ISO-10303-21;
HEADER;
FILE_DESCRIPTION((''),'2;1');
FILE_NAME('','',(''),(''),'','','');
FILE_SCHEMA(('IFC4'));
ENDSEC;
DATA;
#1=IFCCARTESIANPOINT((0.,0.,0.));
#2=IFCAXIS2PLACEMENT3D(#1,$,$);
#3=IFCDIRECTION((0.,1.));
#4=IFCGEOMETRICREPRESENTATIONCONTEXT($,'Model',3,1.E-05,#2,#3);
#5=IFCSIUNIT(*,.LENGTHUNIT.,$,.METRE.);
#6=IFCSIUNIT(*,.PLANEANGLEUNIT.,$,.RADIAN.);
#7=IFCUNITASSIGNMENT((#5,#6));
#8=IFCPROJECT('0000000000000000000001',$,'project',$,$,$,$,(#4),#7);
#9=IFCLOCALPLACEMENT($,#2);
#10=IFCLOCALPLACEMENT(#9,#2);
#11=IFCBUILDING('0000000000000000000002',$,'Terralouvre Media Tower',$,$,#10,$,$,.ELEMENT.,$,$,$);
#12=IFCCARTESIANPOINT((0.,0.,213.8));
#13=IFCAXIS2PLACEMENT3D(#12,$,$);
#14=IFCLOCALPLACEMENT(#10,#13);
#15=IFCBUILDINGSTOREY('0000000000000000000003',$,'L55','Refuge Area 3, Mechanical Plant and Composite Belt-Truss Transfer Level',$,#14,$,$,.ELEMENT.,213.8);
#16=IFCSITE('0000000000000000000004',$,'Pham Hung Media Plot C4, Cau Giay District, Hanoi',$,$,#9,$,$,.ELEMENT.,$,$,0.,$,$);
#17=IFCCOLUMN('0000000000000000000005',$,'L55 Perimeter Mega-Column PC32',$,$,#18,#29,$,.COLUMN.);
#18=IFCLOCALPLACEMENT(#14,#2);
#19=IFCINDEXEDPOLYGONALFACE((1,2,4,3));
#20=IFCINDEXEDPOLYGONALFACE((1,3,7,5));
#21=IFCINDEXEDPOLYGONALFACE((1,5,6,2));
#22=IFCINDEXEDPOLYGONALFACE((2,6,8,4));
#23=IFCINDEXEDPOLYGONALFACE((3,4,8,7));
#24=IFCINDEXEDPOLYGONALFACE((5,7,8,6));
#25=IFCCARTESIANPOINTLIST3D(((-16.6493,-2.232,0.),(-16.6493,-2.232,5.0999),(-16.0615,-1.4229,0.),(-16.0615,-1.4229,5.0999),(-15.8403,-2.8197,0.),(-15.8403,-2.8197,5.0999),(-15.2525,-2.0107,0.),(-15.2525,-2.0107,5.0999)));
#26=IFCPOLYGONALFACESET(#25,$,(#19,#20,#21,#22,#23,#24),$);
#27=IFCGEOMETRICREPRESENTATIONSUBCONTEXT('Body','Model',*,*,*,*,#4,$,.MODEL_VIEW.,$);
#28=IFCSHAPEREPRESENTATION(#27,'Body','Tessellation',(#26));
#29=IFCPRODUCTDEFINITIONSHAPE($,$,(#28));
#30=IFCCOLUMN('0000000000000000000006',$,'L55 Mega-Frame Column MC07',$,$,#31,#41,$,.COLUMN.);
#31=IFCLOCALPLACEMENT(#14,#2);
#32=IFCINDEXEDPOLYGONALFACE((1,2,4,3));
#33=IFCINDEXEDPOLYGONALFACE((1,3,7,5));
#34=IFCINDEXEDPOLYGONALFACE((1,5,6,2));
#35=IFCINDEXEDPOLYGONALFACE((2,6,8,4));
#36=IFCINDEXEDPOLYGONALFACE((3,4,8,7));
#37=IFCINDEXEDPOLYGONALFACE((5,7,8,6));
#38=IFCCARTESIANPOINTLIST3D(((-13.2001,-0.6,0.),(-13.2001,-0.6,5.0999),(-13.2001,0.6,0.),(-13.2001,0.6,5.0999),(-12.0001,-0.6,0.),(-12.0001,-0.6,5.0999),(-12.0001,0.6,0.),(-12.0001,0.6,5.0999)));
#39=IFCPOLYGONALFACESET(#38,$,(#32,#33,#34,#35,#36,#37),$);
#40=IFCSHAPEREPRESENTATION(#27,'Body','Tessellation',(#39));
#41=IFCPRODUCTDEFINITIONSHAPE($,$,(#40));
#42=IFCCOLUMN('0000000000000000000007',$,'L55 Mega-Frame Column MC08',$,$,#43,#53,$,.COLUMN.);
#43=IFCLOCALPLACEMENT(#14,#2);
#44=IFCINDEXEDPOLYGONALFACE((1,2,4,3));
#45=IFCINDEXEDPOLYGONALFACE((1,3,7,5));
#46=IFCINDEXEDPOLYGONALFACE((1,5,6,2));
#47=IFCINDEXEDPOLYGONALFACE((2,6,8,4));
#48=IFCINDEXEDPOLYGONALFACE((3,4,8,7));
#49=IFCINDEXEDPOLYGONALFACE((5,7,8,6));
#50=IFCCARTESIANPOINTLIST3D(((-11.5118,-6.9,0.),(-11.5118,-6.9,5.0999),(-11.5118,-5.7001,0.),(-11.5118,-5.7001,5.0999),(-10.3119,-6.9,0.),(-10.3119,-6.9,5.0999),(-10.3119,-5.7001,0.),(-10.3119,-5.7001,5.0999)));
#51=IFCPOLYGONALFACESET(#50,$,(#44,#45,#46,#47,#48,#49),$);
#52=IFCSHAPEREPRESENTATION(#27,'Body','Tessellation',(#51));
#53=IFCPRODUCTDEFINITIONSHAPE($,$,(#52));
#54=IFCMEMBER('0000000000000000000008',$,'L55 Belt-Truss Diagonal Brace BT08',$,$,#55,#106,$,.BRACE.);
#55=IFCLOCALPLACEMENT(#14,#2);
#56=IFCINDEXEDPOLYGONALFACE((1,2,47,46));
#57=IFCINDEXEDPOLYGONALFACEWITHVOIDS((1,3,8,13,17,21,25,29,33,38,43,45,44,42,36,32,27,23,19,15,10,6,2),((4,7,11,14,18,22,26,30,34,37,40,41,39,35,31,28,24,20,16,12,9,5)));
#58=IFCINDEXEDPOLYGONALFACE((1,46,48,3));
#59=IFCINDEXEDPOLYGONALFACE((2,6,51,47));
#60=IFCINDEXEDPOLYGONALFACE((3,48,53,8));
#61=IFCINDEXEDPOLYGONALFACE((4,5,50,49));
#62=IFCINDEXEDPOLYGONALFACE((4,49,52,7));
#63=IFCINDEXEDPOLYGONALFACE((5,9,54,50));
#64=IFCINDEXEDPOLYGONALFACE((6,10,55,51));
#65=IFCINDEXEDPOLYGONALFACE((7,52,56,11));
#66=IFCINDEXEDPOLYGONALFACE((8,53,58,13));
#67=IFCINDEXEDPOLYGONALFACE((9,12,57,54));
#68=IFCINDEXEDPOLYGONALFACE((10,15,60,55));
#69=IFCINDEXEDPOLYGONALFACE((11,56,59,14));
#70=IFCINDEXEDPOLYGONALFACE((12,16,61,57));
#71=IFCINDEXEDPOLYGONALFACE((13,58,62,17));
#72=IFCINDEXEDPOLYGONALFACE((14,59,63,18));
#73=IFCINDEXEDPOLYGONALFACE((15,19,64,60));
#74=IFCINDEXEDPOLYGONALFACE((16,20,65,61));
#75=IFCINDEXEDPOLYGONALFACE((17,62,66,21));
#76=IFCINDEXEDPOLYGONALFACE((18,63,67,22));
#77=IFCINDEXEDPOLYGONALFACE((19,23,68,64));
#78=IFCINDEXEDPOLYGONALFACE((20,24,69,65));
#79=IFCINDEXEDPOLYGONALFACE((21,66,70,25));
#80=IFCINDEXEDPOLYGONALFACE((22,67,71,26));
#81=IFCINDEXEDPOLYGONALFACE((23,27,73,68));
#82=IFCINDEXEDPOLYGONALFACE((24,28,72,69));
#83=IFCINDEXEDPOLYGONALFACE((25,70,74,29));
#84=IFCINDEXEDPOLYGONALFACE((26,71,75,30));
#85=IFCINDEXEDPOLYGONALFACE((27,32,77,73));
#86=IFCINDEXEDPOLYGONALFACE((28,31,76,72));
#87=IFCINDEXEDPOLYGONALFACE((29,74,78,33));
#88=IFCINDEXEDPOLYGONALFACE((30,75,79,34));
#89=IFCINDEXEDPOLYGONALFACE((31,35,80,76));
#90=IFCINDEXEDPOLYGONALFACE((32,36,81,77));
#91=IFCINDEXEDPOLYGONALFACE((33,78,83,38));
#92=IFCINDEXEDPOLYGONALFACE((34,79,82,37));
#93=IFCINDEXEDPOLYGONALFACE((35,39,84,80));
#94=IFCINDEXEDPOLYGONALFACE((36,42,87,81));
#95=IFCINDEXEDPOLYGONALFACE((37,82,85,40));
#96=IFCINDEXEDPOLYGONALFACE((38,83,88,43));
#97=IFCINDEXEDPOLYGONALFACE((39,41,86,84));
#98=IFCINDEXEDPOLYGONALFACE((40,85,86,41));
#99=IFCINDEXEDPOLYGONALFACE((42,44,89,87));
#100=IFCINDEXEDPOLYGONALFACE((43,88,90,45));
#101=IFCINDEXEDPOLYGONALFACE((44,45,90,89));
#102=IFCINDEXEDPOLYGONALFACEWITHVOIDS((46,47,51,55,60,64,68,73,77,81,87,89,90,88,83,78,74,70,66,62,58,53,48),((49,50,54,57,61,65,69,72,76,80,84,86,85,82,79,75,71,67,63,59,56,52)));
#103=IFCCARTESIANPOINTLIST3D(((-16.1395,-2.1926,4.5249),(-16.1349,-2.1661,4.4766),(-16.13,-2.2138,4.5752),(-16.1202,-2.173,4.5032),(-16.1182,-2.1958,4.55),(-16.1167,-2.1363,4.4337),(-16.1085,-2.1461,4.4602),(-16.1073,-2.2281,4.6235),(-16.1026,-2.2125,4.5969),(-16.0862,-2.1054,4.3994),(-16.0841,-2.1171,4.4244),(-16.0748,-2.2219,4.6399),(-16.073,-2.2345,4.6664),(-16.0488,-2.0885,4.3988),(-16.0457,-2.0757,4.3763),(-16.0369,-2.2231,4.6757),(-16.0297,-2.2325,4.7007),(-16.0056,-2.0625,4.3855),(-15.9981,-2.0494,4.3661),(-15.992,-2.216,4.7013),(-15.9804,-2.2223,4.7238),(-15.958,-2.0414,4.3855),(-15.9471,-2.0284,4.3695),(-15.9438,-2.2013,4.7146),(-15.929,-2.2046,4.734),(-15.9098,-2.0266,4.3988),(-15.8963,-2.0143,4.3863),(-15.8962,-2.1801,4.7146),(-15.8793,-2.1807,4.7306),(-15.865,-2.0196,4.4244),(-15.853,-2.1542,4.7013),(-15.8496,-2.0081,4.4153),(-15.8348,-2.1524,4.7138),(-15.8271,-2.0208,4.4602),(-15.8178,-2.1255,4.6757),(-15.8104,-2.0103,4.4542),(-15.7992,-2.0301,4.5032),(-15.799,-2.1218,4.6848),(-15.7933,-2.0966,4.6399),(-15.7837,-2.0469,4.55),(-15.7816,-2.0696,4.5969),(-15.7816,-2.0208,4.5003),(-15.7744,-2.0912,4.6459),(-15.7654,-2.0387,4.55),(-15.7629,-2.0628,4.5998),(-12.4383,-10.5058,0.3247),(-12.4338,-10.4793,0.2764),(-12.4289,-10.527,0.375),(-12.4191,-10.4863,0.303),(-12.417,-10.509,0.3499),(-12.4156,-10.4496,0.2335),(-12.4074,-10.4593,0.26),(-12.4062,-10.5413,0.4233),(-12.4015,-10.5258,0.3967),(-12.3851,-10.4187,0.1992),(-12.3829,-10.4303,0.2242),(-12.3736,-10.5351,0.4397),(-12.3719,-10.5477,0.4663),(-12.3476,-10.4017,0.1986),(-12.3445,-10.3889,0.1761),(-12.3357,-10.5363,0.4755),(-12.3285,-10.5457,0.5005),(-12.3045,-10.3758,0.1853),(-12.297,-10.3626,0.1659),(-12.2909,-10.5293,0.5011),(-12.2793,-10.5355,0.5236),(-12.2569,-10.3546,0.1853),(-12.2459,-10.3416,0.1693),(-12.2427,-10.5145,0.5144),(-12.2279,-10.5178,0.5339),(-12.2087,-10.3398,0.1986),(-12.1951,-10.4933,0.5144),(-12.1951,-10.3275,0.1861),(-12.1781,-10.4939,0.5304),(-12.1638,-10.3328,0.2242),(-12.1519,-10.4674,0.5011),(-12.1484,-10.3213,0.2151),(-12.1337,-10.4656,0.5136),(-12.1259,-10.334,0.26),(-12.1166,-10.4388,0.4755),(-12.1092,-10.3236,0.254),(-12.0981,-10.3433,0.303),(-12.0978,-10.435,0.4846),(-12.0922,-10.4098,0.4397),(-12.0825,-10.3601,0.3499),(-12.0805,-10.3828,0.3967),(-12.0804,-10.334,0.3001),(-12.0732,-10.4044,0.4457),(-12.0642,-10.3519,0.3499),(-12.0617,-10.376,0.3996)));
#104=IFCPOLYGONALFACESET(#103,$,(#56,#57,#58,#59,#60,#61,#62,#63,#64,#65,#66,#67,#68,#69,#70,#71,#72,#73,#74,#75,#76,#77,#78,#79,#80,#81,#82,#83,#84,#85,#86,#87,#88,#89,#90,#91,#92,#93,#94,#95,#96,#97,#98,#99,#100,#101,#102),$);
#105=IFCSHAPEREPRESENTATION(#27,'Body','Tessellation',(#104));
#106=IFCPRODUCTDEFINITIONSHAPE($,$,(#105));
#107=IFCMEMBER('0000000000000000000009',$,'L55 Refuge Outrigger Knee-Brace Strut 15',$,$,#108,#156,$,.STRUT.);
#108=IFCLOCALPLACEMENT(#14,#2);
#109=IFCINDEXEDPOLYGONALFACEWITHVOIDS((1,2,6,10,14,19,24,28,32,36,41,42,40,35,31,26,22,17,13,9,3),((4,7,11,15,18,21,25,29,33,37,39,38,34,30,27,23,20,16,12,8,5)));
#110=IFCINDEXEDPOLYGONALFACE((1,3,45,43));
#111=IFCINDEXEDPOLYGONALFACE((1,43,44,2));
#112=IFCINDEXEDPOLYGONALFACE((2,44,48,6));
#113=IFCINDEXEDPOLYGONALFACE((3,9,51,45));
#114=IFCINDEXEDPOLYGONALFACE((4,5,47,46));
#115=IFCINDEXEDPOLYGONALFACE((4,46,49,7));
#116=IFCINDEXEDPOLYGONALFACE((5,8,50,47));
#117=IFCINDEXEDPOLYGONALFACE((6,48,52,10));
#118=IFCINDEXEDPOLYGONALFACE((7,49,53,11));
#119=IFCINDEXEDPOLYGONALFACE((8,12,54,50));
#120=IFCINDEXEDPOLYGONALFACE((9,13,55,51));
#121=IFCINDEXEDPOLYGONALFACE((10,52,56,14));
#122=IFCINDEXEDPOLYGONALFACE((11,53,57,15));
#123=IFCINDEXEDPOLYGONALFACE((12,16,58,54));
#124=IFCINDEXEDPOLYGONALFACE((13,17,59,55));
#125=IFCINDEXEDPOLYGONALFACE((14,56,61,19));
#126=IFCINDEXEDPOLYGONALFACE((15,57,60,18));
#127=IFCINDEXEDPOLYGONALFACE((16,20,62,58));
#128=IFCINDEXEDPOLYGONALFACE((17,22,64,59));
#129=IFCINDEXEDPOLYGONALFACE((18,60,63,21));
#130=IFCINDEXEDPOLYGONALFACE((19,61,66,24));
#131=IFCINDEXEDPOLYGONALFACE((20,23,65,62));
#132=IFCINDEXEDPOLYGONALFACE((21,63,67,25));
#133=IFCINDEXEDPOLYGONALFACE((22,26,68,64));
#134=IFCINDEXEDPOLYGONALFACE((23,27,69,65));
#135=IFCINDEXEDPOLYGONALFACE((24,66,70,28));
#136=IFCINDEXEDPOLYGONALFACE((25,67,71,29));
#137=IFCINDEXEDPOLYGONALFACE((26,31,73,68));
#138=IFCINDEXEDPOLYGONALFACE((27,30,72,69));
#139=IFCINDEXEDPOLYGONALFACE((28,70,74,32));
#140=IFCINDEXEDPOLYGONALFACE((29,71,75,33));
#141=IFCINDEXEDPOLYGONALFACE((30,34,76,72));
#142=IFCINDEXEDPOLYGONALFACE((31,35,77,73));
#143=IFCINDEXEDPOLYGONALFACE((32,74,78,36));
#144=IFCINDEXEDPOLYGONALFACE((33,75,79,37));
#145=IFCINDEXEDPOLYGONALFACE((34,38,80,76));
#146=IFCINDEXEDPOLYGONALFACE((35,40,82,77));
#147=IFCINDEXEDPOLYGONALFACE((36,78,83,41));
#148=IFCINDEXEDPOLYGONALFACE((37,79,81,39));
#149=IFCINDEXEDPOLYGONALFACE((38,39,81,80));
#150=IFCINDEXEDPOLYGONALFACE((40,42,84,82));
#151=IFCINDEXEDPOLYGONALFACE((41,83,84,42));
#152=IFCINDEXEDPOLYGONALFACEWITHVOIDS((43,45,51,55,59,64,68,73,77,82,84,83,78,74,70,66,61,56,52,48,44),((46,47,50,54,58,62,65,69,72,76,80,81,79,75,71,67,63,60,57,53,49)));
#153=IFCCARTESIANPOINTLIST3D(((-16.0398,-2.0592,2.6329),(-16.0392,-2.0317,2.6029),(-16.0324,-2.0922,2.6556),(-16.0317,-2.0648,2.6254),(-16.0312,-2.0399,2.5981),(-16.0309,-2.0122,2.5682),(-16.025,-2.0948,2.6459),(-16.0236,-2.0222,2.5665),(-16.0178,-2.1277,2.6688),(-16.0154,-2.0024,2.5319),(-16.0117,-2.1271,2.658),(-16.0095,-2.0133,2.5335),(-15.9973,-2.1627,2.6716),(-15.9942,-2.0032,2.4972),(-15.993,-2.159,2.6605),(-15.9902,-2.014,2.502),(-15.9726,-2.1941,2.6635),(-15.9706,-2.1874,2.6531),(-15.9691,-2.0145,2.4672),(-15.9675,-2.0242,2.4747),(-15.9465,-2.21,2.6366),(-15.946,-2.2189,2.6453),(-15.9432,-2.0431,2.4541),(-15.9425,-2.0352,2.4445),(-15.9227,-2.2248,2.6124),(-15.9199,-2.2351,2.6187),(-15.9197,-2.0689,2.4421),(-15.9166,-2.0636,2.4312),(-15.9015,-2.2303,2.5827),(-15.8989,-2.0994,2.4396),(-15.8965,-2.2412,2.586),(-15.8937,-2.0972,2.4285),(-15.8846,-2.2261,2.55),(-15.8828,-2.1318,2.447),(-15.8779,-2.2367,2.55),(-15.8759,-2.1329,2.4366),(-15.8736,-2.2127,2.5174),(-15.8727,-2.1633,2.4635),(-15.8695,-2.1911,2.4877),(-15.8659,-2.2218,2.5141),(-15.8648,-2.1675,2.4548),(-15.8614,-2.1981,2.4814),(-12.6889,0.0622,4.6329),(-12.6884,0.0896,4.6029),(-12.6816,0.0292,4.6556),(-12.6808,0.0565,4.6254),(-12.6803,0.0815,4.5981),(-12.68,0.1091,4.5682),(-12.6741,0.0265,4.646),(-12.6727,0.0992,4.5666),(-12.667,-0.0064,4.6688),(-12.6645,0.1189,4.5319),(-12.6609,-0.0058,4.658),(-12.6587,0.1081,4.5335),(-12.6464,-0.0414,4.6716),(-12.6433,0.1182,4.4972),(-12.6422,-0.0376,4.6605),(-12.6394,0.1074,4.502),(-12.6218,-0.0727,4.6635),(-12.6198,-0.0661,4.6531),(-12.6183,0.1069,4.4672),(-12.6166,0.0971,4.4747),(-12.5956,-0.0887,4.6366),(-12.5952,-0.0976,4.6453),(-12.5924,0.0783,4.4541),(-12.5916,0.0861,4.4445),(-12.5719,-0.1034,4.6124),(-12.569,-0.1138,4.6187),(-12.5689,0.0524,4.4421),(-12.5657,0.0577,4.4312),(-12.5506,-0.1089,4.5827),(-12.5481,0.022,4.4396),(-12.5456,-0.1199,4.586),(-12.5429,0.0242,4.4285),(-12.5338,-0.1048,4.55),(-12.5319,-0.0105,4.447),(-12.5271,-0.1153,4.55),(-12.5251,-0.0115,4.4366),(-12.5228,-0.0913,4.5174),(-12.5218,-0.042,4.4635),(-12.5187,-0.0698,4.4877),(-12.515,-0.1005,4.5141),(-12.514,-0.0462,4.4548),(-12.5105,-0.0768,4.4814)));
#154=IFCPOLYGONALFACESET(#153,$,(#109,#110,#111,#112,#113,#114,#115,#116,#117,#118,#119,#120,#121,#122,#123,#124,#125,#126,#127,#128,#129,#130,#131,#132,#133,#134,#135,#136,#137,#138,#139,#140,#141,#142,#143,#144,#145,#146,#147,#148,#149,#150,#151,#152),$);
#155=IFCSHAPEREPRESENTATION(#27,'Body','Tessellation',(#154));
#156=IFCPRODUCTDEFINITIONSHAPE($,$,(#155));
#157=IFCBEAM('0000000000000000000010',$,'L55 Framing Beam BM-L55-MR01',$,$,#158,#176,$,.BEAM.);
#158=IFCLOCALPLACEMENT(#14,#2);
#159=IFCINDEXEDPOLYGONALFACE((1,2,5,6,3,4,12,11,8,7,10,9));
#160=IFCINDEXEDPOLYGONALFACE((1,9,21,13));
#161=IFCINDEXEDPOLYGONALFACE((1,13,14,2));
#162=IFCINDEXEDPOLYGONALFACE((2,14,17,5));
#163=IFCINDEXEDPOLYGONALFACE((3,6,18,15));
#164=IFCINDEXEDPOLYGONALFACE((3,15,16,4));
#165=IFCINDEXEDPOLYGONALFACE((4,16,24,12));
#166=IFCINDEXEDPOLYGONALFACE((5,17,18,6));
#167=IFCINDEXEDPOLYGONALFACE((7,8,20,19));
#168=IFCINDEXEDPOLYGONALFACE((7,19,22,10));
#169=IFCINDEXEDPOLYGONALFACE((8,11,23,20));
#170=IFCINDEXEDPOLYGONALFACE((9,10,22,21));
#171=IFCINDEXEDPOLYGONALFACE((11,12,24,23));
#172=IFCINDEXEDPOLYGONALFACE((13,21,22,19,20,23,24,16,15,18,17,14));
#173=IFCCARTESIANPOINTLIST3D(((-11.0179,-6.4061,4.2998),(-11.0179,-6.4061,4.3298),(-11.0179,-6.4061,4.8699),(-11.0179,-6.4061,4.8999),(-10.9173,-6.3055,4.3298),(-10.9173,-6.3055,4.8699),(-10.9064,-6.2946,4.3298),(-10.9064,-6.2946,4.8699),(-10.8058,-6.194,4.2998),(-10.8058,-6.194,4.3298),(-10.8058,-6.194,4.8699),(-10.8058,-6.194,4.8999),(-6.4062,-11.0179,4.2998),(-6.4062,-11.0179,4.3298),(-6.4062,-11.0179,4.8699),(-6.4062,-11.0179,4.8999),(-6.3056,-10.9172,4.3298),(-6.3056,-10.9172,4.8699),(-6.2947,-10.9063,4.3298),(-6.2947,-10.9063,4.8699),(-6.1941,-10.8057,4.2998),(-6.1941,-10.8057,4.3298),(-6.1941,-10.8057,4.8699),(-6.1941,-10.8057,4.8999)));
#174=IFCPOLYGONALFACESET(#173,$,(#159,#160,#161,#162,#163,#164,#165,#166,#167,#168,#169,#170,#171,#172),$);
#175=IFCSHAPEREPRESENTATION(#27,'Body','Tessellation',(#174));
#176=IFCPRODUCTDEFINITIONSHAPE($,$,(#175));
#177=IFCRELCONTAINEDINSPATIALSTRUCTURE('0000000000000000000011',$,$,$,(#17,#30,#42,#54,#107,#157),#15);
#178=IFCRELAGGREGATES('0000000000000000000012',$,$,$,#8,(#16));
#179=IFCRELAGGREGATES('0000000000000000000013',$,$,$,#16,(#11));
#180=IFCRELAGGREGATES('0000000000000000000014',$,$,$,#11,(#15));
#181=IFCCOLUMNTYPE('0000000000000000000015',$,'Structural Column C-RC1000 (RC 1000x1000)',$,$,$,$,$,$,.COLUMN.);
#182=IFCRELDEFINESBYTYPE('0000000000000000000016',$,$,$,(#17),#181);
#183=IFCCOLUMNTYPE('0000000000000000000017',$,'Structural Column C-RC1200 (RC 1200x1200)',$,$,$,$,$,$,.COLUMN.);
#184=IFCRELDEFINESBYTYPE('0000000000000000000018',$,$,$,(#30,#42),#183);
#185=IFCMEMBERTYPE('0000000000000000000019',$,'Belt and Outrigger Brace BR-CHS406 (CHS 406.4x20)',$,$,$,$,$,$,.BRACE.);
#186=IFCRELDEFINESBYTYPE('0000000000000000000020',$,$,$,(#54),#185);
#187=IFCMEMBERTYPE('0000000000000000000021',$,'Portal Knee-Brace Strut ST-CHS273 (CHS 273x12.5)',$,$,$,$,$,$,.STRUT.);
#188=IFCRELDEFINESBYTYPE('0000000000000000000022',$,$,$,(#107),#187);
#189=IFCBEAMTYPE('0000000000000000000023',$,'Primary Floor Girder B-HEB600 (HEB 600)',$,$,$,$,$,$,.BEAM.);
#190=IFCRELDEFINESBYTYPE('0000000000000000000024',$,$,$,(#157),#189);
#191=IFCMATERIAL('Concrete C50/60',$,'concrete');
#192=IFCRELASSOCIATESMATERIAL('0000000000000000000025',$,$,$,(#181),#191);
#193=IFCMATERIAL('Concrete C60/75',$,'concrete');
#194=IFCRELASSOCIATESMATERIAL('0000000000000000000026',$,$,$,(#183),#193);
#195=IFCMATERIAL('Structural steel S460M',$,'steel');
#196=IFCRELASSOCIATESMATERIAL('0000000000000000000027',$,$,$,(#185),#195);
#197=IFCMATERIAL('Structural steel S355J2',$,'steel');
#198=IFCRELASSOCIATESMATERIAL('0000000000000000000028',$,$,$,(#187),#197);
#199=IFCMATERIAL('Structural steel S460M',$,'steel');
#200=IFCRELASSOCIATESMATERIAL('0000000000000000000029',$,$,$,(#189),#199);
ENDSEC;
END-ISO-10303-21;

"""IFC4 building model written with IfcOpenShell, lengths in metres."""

from ifc_helpers import new_model, si_unit, direction, frame, origin, origin_2d, place, context, subcontext, project, spatial, rectangle, hollow_circle, i_section, extrude, material, material_profile, profile_set, type_object, element, save


model = new_model("IFC4")

# Units and contexts
model_context = context("Model", 3, precision=1e-05, world=origin(), true_north=direction((0.0, 1.0)))
body_context = subcontext(model_context, "Body", "Model", "MODEL_VIEW")
ifc_project = project(units=[si_unit("LENGTHUNIT", "METRE"), si_unit("PLANEANGLEUNIT", "RADIAN")], contexts=[model_context])

# Site, building, storey
site_placement = place(None, origin())
site = spatial("IfcSite", under=ifc_project, at=site_placement, Name="Pham Hung Media Plot C4, Cau Giay District, Hanoi", CompositionType="ELEMENT", RefElevation=0.0)
building_placement = place(site_placement, origin())
building = spatial("IfcBuilding", under=site, at=building_placement, Name="Terralouvre Media Tower", CompositionType="ELEMENT")
storey_placement = place(building_placement, frame((0.0, 0.0, 213.8)))
storey = spatial("IfcBuildingStorey", under=building, at=storey_placement, Name="L55", Description="Refuge Area 3, Mechanical Plant and Composite Belt-Truss Transfer Level", CompositionType="ELEMENT", Elevation=213.8)

# Columns
ifc_material_1 = material(Name="Concrete C50/60", Category="concrete")
ifc_material_profile_1 = material_profile(ifc_material_1, rectangle(XDim=1.0, YDim=1.0, at=origin_2d()), Name="RC 1000x1000")
ifc_profile_set_1 = profile_set([ifc_material_profile_1], Name="Concrete C50/60")
column_type_1 = type_object("IfcColumnType", Name="Structural Column C-RC1000 (RC 1000x1000)", PredefinedType="COLUMN", material=ifc_profile_set_1)
column_placement = place(storey_placement, frame((-15.9509, -2.1213, 0.0), z_axis=(0.0, 0.0, 1.0), x_axis=(0.587785, 0.809017, 0.0)))
element("IfcColumn", 1, at=column_placement, inside=storey, type_object=column_type_1, Name="L55 Perimeter Mega-Column PC32", PredefinedType="COLUMN", context=body_context, shape_type="SweptSolid", body=[
    extrude(rectangle(XDim=1.0, YDim=1.0, at=origin_2d()), origin(), (0.0, 0.0, 1.0), 5.0999),
])
ifc_material_2 = material(Name="Concrete C60/75", Category="concrete")
ifc_material_profile_2 = material_profile(ifc_material_2, rectangle(XDim=1.2, YDim=1.2, at=origin_2d()), Name="RC 1200x1200")
ifc_profile_set_2 = profile_set([ifc_material_profile_2], Name="Concrete C60/75")
column_type_2 = type_object("IfcColumnType", Name="Structural Column C-RC1200 (RC 1200x1200)", PredefinedType="COLUMN", material=ifc_profile_set_2)
for number, where, z_axis, x_axis, name in (
    (2, (-12.6001, 0.0, 0.0), (0.0, 0.0, 1.0), (1.0, 0.0, 0.0), "L55 Mega-Frame Column MC07"),
    (3, (-10.9119, -6.3, 0.0), (0.0, 0.0, 1.0), (1.0, 0.0, 0.0), "L55 Mega-Frame Column MC08"),
):
    element("IfcColumn", number, at=place(storey_placement, frame(where, z_axis=z_axis, x_axis=x_axis)), inside=storey, type_object=column_type_2, Name=name, PredefinedType="COLUMN", context=body_context, shape_type="SweptSolid", body=[
        extrude(rectangle(XDim=1.2, YDim=1.2, at=origin_2d()), origin(), (0.0, 0.0, 1.0), 5.0999),
    ])

# Members
ifc_material_3 = material(Name="Structural steel S460M", Category="steel")
ifc_material_profile_3 = material_profile(ifc_material_3, hollow_circle(Radius=0.2031, WallThickness=0.02, at=origin_2d()), Name="CHS 406.4x20")
ifc_profile_set_3 = profile_set([ifc_material_profile_3], Name="Structural steel S460M")
member_type_1 = type_object("IfcMemberType", Name="Belt and Outrigger Brace BR-CHS406 (CHS 406.4x20)", PredefinedType="BRACE", material=ifc_profile_set_3)
member_1_placement = place(storey_placement, frame((-15.9509, -2.1213, 4.55), z_axis=(0.369287, -0.829458, -0.419077), x_axis=(0.91355, 0.406726, 0.0)))
element("IfcMember", 4, at=member_1_placement, inside=storey, type_object=member_type_1, Name="L55 Belt-Truss Diagonal Brace BT08", PredefinedType="BRACE", context=body_context, shape_type="SweptSolid", body=[
    extrude(hollow_circle(Radius=0.2031, WallThickness=0.02, at=origin_2d()), origin(), (0.0, 0.0, 1.0), 10.0225),
])
ifc_material_4 = material(Name="Structural steel S355J2", Category="steel")
ifc_material_profile_4 = material_profile(ifc_material_4, hollow_circle(Radius=0.1365, WallThickness=0.0125, at=origin_2d()), Name="CHS 273x12.5")
ifc_profile_set_4 = profile_set([ifc_material_profile_4], Name="Structural steel S355J2")
member_type_2 = type_object("IfcMemberType", Name="Portal Knee-Brace Strut ST-CHS273 (CHS 273x12.5)", PredefinedType="STRUT", material=ifc_profile_set_4)
member_2_placement = place(storey_placement, frame((-12.6001, 0.0, 4.55), z_axis=(-0.754413, -0.477603, -0.450284), x_axis=(0.534898, -0.844916, 0.0)))
element("IfcMember", 5, at=member_2_placement, inside=storey, type_object=member_type_2, Name="L55 Refuge Outrigger Knee-Brace Strut 15", PredefinedType="STRUT", context=body_context, shape_type="SweptSolid", body=[
    extrude(hollow_circle(Radius=0.1365, WallThickness=0.0125, at=origin_2d()), origin(), (0.0, 0.0, 1.0), 4.4417),
])

# Beam
ifc_material_5 = material(Name="Structural steel S460M", Category="steel")
ifc_material_profile_5 = material_profile(ifc_material_5, i_section(OverallWidth=0.3, OverallDepth=0.6001, WebThickness=0.0154, FlangeThickness=0.03, at=origin_2d()), Name="HEB 600")
ifc_profile_set_5 = profile_set([ifc_material_profile_5], Name="Structural steel S460M")
beam_type_1 = type_object("IfcBeamType", Name="Primary Floor Girder B-HEB600 (HEB 600)", PredefinedType="BEAM", material=ifc_profile_set_5)
beam_1_placement = place(storey_placement, frame((-10.9119, -6.3, 4.5999), z_axis=(0.707107, -0.707107, 0.0), x_axis=(0.707107, 0.707107, 0.0)))
element("IfcBeam", 6, at=beam_1_placement, inside=storey, type_object=beam_type_1, Name="L55 Framing Beam BM-L55-MR01", PredefinedType="BEAM", context=body_context, shape_type="SweptSolid", body=[
    extrude(i_section(OverallWidth=0.3, OverallDepth=0.6001, WebThickness=0.0154, FlangeThickness=0.03, at=origin_2d()), origin(), (0.0, 0.0, 1.0), 6.522),
])

save(model, "model.ifc")
